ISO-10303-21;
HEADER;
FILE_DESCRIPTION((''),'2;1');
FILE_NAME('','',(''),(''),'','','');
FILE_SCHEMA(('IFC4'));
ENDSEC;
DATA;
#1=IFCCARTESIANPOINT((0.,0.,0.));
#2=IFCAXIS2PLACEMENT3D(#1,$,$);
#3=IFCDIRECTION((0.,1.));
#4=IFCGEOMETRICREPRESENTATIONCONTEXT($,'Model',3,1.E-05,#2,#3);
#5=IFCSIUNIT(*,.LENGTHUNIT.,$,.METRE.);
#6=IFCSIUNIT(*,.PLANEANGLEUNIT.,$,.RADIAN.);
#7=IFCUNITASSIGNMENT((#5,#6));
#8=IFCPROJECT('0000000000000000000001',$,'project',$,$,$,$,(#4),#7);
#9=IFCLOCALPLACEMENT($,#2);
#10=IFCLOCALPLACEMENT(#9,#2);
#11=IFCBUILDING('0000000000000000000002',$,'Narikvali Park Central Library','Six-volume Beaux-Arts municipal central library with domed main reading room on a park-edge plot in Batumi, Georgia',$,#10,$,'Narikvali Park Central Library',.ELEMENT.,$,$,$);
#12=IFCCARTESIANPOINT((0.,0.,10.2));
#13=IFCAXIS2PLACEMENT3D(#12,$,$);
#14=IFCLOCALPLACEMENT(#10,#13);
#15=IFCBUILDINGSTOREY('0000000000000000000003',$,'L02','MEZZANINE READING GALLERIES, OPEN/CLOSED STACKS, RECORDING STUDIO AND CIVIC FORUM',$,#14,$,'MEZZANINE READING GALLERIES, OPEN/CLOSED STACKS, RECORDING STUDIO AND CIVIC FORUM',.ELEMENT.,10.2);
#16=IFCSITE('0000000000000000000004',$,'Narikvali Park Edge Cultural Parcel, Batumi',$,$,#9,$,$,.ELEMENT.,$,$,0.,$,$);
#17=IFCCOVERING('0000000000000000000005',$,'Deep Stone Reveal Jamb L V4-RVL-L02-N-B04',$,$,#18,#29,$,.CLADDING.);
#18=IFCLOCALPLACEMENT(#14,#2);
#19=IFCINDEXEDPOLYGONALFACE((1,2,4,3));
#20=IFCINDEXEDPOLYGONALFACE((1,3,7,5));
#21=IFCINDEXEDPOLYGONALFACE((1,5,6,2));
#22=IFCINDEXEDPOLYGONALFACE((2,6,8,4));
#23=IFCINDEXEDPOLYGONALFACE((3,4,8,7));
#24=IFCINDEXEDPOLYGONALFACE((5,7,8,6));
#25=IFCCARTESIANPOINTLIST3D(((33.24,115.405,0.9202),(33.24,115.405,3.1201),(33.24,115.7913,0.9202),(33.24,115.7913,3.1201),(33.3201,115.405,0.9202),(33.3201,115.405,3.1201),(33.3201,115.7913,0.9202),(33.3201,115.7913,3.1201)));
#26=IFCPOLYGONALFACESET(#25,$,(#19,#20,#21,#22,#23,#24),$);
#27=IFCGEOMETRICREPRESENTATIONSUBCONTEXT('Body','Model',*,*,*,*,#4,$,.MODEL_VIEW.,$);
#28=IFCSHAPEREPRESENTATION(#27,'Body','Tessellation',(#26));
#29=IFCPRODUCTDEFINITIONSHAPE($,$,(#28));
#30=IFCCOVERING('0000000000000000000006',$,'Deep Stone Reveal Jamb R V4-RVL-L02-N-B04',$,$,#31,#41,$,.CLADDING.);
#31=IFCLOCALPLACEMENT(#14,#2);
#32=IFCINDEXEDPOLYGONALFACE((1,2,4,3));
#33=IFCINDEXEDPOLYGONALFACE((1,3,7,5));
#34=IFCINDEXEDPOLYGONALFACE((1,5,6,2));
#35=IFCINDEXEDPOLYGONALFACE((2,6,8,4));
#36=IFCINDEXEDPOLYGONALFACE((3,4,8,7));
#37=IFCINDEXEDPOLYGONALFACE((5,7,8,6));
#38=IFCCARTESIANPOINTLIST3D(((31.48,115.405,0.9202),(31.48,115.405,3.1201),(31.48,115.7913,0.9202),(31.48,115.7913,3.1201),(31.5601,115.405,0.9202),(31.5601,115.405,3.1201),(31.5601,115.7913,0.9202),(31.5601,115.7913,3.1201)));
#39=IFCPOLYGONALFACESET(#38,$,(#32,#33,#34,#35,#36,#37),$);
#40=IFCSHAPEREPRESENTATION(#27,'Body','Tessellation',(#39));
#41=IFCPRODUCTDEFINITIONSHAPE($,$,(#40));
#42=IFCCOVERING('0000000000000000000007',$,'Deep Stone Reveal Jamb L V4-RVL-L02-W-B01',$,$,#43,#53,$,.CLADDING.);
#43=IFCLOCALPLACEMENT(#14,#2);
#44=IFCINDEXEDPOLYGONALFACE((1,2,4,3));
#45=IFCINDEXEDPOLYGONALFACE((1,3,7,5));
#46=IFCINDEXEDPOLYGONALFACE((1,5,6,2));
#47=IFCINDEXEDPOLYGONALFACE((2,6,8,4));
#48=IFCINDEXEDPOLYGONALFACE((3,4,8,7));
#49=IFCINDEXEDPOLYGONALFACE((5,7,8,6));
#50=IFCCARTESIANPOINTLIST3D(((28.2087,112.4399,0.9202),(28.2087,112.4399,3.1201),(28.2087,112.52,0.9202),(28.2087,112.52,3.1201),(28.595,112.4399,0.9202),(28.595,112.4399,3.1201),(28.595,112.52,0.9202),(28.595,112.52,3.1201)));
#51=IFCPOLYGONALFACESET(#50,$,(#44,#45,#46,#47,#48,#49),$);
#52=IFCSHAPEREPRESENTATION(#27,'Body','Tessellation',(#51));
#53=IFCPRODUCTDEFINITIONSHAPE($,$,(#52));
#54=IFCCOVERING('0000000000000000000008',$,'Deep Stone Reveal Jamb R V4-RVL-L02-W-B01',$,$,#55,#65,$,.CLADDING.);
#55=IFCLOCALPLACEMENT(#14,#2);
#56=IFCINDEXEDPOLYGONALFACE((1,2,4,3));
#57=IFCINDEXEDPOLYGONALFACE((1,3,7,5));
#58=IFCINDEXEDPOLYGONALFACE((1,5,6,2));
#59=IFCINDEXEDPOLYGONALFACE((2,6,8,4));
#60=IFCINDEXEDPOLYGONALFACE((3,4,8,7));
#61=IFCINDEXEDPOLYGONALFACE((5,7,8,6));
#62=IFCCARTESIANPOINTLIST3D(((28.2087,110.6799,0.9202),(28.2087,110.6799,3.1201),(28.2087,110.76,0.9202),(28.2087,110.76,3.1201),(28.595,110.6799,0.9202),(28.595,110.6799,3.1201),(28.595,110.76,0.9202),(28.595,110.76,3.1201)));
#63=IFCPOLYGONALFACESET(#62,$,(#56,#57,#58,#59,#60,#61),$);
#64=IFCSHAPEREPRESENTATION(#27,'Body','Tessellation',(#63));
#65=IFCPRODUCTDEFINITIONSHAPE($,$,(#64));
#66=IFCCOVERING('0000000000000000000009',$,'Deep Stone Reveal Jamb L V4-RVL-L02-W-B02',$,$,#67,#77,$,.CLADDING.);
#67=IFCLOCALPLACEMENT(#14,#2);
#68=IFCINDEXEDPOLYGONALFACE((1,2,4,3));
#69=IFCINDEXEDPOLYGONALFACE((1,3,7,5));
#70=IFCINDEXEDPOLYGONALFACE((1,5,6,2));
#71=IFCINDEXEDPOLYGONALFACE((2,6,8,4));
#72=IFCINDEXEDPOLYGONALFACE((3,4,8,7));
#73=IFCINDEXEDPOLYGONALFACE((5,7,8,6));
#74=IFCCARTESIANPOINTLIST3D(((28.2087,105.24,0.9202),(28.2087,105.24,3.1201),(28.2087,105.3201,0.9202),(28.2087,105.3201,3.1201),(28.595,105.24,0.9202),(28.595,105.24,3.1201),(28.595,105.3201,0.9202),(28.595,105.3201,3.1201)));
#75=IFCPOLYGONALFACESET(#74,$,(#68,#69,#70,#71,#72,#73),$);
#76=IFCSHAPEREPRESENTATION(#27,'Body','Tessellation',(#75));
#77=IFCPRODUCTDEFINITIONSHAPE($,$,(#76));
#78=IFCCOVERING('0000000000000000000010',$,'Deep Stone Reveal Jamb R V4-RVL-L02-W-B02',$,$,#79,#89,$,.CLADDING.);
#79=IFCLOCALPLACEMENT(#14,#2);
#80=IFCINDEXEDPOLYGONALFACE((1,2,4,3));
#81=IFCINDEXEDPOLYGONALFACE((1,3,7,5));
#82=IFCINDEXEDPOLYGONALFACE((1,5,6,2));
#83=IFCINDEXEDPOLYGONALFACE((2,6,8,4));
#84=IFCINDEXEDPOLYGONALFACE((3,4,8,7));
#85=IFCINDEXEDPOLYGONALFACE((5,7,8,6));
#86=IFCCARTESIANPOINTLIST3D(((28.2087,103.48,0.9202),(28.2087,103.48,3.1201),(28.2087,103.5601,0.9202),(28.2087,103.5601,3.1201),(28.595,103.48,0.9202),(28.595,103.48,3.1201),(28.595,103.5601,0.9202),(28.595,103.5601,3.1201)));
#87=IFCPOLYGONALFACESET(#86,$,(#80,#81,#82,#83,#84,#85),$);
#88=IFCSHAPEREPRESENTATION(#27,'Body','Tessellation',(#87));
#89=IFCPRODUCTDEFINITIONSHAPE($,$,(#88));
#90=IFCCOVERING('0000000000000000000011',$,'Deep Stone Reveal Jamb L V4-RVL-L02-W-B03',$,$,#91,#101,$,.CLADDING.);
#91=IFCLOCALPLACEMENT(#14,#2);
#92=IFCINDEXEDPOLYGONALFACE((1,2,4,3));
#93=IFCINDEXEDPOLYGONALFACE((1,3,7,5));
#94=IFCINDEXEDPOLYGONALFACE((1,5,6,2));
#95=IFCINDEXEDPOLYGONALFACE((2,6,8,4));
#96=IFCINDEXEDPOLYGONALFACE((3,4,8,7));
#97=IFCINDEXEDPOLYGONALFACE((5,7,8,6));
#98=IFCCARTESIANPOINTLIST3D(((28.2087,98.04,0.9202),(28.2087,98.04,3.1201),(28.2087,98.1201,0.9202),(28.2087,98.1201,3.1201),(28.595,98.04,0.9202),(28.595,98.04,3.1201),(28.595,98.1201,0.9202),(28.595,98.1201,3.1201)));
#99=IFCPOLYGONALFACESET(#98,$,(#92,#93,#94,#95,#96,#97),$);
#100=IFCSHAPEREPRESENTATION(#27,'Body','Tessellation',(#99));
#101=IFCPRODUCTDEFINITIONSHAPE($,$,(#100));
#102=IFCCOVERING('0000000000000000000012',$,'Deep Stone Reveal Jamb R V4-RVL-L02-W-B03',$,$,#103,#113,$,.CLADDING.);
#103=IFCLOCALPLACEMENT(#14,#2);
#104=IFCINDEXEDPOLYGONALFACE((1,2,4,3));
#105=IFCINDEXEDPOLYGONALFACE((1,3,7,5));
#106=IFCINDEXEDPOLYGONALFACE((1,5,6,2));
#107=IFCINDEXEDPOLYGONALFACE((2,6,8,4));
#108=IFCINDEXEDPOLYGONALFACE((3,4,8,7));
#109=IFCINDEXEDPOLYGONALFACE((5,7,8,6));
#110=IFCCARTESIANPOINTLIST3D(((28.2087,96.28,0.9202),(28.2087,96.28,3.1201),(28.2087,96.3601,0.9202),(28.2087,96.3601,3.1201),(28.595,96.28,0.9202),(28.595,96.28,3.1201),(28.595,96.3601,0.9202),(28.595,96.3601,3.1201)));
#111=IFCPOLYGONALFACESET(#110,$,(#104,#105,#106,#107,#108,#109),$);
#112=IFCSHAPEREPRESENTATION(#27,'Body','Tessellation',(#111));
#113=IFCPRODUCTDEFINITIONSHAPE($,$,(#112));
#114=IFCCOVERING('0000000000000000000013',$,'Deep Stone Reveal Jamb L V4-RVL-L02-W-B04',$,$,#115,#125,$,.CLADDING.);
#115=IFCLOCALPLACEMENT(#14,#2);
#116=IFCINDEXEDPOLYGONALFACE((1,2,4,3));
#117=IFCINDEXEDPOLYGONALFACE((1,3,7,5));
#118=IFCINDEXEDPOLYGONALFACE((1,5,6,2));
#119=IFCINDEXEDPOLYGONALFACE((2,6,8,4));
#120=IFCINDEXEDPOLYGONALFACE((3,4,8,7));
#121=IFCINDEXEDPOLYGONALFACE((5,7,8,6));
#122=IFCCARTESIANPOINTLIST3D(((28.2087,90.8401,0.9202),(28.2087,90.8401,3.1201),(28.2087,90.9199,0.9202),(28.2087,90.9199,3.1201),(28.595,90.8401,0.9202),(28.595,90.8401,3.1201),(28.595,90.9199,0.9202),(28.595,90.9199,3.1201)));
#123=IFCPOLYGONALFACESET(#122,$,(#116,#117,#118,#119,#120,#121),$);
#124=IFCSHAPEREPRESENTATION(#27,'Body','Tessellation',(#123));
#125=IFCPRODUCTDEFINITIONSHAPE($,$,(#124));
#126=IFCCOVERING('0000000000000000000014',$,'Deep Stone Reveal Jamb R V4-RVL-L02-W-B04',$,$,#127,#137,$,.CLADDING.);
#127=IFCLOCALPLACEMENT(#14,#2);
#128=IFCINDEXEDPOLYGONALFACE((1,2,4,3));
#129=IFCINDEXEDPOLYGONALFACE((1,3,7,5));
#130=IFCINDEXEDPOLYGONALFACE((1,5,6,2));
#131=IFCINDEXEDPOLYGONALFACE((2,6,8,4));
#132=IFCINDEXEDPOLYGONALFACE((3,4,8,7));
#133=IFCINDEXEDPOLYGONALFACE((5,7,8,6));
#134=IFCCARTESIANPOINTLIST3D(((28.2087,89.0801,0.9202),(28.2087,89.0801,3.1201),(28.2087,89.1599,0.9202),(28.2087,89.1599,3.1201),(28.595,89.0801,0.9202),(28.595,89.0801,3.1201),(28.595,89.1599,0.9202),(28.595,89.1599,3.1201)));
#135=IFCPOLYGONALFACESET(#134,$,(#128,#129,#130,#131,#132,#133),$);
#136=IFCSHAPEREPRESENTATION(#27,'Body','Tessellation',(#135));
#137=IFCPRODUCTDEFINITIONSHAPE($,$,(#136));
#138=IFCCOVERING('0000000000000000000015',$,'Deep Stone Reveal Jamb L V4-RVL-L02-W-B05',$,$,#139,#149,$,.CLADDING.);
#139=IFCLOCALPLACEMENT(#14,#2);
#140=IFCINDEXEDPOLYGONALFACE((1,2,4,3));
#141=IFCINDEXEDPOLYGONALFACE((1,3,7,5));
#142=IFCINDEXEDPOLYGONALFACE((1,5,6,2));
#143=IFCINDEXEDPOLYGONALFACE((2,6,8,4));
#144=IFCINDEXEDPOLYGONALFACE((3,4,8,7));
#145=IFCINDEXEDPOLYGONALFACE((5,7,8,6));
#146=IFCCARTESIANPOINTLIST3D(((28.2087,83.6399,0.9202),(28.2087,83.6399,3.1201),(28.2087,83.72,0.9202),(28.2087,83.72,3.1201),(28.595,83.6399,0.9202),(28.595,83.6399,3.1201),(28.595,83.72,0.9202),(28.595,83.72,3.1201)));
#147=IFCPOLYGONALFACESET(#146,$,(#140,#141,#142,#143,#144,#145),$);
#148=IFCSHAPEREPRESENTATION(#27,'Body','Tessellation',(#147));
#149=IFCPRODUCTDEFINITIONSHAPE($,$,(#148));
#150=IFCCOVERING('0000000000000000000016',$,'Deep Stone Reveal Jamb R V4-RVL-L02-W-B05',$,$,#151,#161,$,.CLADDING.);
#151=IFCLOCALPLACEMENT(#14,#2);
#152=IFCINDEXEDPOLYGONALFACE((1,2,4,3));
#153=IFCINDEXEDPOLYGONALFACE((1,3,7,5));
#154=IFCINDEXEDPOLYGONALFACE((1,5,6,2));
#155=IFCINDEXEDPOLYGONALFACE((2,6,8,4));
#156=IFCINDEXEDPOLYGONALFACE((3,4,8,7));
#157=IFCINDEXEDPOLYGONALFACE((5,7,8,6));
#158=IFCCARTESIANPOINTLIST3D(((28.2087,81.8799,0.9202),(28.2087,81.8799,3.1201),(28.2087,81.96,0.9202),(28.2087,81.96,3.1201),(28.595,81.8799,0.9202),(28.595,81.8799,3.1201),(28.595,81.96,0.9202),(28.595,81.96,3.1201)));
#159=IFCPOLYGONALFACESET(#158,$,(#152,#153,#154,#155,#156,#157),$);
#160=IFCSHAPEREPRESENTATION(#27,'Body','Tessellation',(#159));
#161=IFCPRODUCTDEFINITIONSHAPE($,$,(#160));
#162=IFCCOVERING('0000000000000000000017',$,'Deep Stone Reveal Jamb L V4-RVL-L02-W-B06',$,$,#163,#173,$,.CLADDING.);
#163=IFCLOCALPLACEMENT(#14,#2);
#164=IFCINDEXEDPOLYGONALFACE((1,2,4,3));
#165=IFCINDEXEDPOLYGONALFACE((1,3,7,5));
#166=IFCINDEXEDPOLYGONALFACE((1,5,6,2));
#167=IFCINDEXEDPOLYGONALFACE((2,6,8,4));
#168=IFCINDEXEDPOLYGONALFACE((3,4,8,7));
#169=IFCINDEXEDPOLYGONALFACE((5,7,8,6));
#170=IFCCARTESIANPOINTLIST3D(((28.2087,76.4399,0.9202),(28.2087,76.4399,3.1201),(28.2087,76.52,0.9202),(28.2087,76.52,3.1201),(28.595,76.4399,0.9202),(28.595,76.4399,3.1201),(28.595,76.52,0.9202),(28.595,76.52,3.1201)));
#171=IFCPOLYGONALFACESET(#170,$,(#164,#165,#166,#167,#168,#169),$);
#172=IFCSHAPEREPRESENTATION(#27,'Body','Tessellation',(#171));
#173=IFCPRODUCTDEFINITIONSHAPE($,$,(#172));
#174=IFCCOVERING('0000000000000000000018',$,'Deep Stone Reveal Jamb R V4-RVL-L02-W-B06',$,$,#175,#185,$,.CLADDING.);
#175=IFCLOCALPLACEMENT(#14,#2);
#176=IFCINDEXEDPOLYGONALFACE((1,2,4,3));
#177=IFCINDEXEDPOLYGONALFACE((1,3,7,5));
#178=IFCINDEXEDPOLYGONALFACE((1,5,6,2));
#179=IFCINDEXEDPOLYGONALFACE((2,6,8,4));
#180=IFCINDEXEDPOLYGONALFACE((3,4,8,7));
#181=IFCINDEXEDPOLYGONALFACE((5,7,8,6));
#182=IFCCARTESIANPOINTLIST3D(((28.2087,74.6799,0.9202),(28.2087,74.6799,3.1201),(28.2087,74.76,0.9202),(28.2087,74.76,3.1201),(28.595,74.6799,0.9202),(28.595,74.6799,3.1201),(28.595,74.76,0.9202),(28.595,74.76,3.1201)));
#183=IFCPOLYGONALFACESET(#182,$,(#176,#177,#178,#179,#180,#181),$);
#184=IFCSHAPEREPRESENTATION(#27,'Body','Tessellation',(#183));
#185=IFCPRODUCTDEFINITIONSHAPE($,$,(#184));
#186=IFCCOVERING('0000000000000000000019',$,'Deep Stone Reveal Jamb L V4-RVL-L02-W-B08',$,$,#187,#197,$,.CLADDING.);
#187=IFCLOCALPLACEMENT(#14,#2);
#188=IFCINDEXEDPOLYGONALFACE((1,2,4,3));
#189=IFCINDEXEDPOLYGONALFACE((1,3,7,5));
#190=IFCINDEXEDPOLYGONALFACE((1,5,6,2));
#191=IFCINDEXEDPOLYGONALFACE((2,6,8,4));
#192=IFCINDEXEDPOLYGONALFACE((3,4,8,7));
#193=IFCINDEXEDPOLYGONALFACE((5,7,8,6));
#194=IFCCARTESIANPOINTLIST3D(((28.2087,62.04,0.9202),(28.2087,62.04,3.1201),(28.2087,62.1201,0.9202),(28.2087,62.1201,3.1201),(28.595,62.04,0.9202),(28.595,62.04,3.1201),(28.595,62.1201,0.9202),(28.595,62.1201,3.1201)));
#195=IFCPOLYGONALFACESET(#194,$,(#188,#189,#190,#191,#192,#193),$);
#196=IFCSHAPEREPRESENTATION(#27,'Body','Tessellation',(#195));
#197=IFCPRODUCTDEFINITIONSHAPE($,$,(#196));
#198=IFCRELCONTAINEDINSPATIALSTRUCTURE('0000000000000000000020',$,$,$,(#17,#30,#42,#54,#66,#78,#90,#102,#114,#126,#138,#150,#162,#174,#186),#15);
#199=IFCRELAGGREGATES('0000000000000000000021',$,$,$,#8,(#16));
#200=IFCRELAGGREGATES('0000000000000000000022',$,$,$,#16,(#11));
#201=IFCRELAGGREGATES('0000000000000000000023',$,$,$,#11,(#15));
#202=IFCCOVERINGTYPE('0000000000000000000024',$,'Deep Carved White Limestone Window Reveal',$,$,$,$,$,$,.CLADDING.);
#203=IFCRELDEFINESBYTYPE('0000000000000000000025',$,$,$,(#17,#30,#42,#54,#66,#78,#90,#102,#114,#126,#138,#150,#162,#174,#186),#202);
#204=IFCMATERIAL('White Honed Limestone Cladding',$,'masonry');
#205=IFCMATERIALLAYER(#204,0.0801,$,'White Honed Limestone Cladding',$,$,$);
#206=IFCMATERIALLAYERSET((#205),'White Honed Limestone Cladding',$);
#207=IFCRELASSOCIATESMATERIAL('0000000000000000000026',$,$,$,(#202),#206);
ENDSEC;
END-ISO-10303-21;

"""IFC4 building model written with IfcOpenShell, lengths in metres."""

from ifc_helpers import new_model, si_unit, direction, frame, origin, place, context, subcontext, project, spatial, polyline, outline, extrude, material, layer, layer_set, type_object, element, save


model = new_model("IFC4")

# Units and contexts
model_context = context("Model", 3, precision=1e-05, world=origin(), true_north=direction((0.0, 1.0)))
body_context = subcontext(model_context, "Body", "Model", "MODEL_VIEW")
ifc_project = project(units=[si_unit("LENGTHUNIT", "METRE"), si_unit("PLANEANGLEUNIT", "RADIAN")], contexts=[model_context])

# Site, building, storey
site_placement = place(None, origin())
site = spatial("IfcSite", under=ifc_project, at=site_placement, Name="Narikvali Park Edge Cultural Parcel, Batumi", CompositionType="ELEMENT", RefElevation=0.0)
building_placement = place(site_placement, origin())
building = spatial("IfcBuilding", under=site, at=building_placement, Name="Narikvali Park Central Library", Description="Six-volume Beaux-Arts municipal central library with domed main reading room on a park-edge plot in Batumi, Georgia", LongName="Narikvali Park Central Library", CompositionType="ELEMENT")
storey_placement = place(building_placement, frame((0.0, 0.0, 10.2)))
storey = spatial("IfcBuildingStorey", under=building, at=storey_placement, Name="L02", Description="MEZZANINE READING GALLERIES, OPEN/CLOSED STACKS, RECORDING STUDIO AND CIVIC FORUM", LongName="MEZZANINE READING GALLERIES, OPEN/CLOSED STACKS, RECORDING STUDIO AND CIVIC FORUM", CompositionType="ELEMENT", Elevation=10.2)

# Coverings
ifc_material = material(Name="White Honed Limestone Cladding", Category="masonry")
ifc_layer = layer(ifc_material, 0.0801, Name="White Honed Limestone Cladding")
ifc_layer_set = layer_set([ifc_layer], Name="White Honed Limestone Cladding")
covering_type = type_object("IfcCoveringType", Name="Deep Carved White Limestone Window Reveal", PredefinedType="CLADDING", material=ifc_layer_set)
covering_1_placement = place(storey_placement, frame((0.0, 0.0, 0.9202)))
element("IfcCovering", 1, at=covering_1_placement, inside=storey, type_object=covering_type, Name="Deep Stone Reveal Jamb L V4-RVL-L02-N-B04", PredefinedType="CLADDING", context=body_context, shape_type="SweptSolid", body=[
    extrude(outline(polyline([(33.3201, 115.405), (33.24, 115.405), (33.24, 115.7913), (33.3201, 115.7913), (33.3201, 115.405)])), origin(), (0.0, 0.0, 1.0), 2.2),
])
covering_2_placement = place(storey_placement, frame((0.0, 0.0, 0.9202)))
element("IfcCovering", 2, at=covering_2_placement, inside=storey, type_object=covering_type, Name="Deep Stone Reveal Jamb R V4-RVL-L02-N-B04", PredefinedType="CLADDING", context=body_context, shape_type="SweptSolid", body=[
    extrude(outline(polyline([(31.5601, 115.405), (31.48, 115.405), (31.48, 115.7913), (31.5601, 115.7913), (31.5601, 115.405)])), origin(), (0.0, 0.0, 1.0), 2.2),
])
covering_3_placement = place(storey_placement, frame((0.0, 0.0, 0.9202)))
element("IfcCovering", 3, at=covering_3_placement, inside=storey, type_object=covering_type, Name="Deep Stone Reveal Jamb L V4-RVL-L02-W-B01", PredefinedType="CLADDING", context=body_context, shape_type="SweptSolid", body=[
    extrude(outline(polyline([(28.595, 112.52), (28.595, 112.4399), (28.2087, 112.4399), (28.2087, 112.52), (28.595, 112.52)])), origin(), (0.0, 0.0, 1.0), 2.2),
])
covering_4_placement = place(storey_placement, frame((0.0, 0.0, 0.9202)))
element("IfcCovering", 4, at=covering_4_placement, inside=storey, type_object=covering_type, Name="Deep Stone Reveal Jamb R V4-RVL-L02-W-B01", PredefinedType="CLADDING", context=body_context, shape_type="SweptSolid", body=[
    extrude(outline(polyline([(28.595, 110.76), (28.595, 110.6799), (28.2087, 110.6799), (28.2087, 110.76), (28.595, 110.76)])), origin(), (0.0, 0.0, 1.0), 2.2),
])
covering_5_placement = place(storey_placement, frame((0.0, 0.0, 0.9202)))
element("IfcCovering", 5, at=covering_5_placement, inside=storey, type_object=covering_type, Name="Deep Stone Reveal Jamb L V4-RVL-L02-W-B02", PredefinedType="CLADDING", context=body_context, shape_type="SweptSolid", body=[
    extrude(outline(polyline([(28.595, 105.3201), (28.595, 105.24), (28.2087, 105.24), (28.2087, 105.3201), (28.595, 105.3201)])), origin(), (0.0, 0.0, 1.0), 2.2),
])
covering_6_placement = place(storey_placement, frame((0.0, 0.0, 0.9202)))
element("IfcCovering", 6, at=covering_6_placement, inside=storey, type_object=covering_type, Name="Deep Stone Reveal Jamb R V4-RVL-L02-W-B02", PredefinedType="CLADDING", context=body_context, shape_type="SweptSolid", body=[
    extrude(outline(polyline([(28.595, 103.5601), (28.595, 103.48), (28.2087, 103.48), (28.2087, 103.5601), (28.595, 103.5601)])), origin(), (0.0, 0.0, 1.0), 2.2),
])
covering_7_placement = place(storey_placement, frame((0.0, 0.0, 0.9202)))
element("IfcCovering", 7, at=covering_7_placement, inside=storey, type_object=covering_type, Name="Deep Stone Reveal Jamb L V4-RVL-L02-W-B03", PredefinedType="CLADDING", context=body_context, shape_type="SweptSolid", body=[
    extrude(outline(polyline([(28.595, 98.1201), (28.595, 98.04), (28.2087, 98.04), (28.2087, 98.1201), (28.595, 98.1201)])), origin(), (0.0, 0.0, 1.0), 2.2),
])
covering_8_placement = place(storey_placement, frame((0.0, 0.0, 0.9202)))
element("IfcCovering", 8, at=covering_8_placement, inside=storey, type_object=covering_type, Name="Deep Stone Reveal Jamb R V4-RVL-L02-W-B03", PredefinedType="CLADDING", context=body_context, shape_type="SweptSolid", body=[
    extrude(outline(polyline([(28.595, 96.3601), (28.595, 96.28), (28.2087, 96.28), (28.2087, 96.3601), (28.595, 96.3601)])), origin(), (0.0, 0.0, 1.0), 2.2),
])
covering_9_placement = place(storey_placement, frame((0.0, 0.0, 0.9202)))
element("IfcCovering", 9, at=covering_9_placement, inside=storey, type_object=covering_type, Name="Deep Stone Reveal Jamb L V4-RVL-L02-W-B04", PredefinedType="CLADDING", context=body_context, shape_type="SweptSolid", body=[
    extrude(outline(polyline([(28.595, 90.9199), (28.595, 90.8401), (28.2087, 90.8401), (28.2087, 90.9199), (28.595, 90.9199)])), origin(), (0.0, 0.0, 1.0), 2.2),
])
covering_10_placement = place(storey_placement, frame((0.0, 0.0, 0.9202)))
element("IfcCovering", 10, at=covering_10_placement, inside=storey, type_object=covering_type, Name="Deep Stone Reveal Jamb R V4-RVL-L02-W-B04", PredefinedType="CLADDING", context=body_context, shape_type="SweptSolid", body=[
    extrude(outline(polyline([(28.595, 89.1599), (28.595, 89.0801), (28.2087, 89.0801), (28.2087, 89.1599), (28.595, 89.1599)])), origin(), (0.0, 0.0, 1.0), 2.2),
])
covering_11_placement = place(storey_placement, frame((0.0, 0.0, 0.9202)))
element("IfcCovering", 11, at=covering_11_placement, inside=storey, type_object=covering_type, Name="Deep Stone Reveal Jamb L V4-RVL-L02-W-B05", PredefinedType="CLADDING", context=body_context, shape_type="SweptSolid", body=[
    extrude(outline(polyline([(28.595, 83.72), (28.595, 83.6399), (28.2087, 83.6399), (28.2087, 83.72), (28.595, 83.72)])), origin(), (0.0, 0.0, 1.0), 2.2),
])
covering_12_placement = place(storey_placement, frame((0.0, 0.0, 0.9202)))
element("IfcCovering", 12, at=covering_12_placement, inside=storey, type_object=covering_type, Name="Deep Stone Reveal Jamb R V4-RVL-L02-W-B05", PredefinedType="CLADDING", context=body_context, shape_type="SweptSolid", body=[
    extrude(outline(polyline([(28.595, 81.96), (28.595, 81.8799), (28.2087, 81.8799), (28.2087, 81.96), (28.595, 81.96)])), origin(), (0.0, 0.0, 1.0), 2.2),
])
covering_13_placement = place(storey_placement, frame((0.0, 0.0, 0.9202)))
element("IfcCovering", 13, at=covering_13_placement, inside=storey, type_object=covering_type, Name="Deep Stone Reveal Jamb L V4-RVL-L02-W-B06", PredefinedType="CLADDING", context=body_context, shape_type="SweptSolid", body=[
    extrude(outline(polyline([(28.595, 76.52), (28.595, 76.4399), (28.2087, 76.4399), (28.2087, 76.52), (28.595, 76.52)])), origin(), (0.0, 0.0, 1.0), 2.2),
])
covering_14_placement = place(storey_placement, frame((0.0, 0.0, 0.9202)))
element("IfcCovering", 14, at=covering_14_placement, inside=storey, type_object=covering_type, Name="Deep Stone Reveal Jamb R V4-RVL-L02-W-B06", PredefinedType="CLADDING", context=body_context, shape_type="SweptSolid", body=[
    extrude(outline(polyline([(28.595, 74.76), (28.595, 74.6799), (28.2087, 74.6799), (28.2087, 74.76), (28.595, 74.76)])), origin(), (0.0, 0.0, 1.0), 2.2),
])
covering_15_placement = place(storey_placement, frame((0.0, 0.0, 0.9202)))
element("IfcCovering", 15, at=covering_15_placement, inside=storey, type_object=covering_type, Name="Deep Stone Reveal Jamb L V4-RVL-L02-W-B08", PredefinedType="CLADDING", context=body_context, shape_type="SweptSolid", body=[
    extrude(outline(polyline([(28.595, 62.1201), (28.595, 62.04), (28.2087, 62.04), (28.2087, 62.1201), (28.595, 62.1201)])), origin(), (0.0, 0.0, 1.0), 2.2),
])

save(model, "model.ifc")
